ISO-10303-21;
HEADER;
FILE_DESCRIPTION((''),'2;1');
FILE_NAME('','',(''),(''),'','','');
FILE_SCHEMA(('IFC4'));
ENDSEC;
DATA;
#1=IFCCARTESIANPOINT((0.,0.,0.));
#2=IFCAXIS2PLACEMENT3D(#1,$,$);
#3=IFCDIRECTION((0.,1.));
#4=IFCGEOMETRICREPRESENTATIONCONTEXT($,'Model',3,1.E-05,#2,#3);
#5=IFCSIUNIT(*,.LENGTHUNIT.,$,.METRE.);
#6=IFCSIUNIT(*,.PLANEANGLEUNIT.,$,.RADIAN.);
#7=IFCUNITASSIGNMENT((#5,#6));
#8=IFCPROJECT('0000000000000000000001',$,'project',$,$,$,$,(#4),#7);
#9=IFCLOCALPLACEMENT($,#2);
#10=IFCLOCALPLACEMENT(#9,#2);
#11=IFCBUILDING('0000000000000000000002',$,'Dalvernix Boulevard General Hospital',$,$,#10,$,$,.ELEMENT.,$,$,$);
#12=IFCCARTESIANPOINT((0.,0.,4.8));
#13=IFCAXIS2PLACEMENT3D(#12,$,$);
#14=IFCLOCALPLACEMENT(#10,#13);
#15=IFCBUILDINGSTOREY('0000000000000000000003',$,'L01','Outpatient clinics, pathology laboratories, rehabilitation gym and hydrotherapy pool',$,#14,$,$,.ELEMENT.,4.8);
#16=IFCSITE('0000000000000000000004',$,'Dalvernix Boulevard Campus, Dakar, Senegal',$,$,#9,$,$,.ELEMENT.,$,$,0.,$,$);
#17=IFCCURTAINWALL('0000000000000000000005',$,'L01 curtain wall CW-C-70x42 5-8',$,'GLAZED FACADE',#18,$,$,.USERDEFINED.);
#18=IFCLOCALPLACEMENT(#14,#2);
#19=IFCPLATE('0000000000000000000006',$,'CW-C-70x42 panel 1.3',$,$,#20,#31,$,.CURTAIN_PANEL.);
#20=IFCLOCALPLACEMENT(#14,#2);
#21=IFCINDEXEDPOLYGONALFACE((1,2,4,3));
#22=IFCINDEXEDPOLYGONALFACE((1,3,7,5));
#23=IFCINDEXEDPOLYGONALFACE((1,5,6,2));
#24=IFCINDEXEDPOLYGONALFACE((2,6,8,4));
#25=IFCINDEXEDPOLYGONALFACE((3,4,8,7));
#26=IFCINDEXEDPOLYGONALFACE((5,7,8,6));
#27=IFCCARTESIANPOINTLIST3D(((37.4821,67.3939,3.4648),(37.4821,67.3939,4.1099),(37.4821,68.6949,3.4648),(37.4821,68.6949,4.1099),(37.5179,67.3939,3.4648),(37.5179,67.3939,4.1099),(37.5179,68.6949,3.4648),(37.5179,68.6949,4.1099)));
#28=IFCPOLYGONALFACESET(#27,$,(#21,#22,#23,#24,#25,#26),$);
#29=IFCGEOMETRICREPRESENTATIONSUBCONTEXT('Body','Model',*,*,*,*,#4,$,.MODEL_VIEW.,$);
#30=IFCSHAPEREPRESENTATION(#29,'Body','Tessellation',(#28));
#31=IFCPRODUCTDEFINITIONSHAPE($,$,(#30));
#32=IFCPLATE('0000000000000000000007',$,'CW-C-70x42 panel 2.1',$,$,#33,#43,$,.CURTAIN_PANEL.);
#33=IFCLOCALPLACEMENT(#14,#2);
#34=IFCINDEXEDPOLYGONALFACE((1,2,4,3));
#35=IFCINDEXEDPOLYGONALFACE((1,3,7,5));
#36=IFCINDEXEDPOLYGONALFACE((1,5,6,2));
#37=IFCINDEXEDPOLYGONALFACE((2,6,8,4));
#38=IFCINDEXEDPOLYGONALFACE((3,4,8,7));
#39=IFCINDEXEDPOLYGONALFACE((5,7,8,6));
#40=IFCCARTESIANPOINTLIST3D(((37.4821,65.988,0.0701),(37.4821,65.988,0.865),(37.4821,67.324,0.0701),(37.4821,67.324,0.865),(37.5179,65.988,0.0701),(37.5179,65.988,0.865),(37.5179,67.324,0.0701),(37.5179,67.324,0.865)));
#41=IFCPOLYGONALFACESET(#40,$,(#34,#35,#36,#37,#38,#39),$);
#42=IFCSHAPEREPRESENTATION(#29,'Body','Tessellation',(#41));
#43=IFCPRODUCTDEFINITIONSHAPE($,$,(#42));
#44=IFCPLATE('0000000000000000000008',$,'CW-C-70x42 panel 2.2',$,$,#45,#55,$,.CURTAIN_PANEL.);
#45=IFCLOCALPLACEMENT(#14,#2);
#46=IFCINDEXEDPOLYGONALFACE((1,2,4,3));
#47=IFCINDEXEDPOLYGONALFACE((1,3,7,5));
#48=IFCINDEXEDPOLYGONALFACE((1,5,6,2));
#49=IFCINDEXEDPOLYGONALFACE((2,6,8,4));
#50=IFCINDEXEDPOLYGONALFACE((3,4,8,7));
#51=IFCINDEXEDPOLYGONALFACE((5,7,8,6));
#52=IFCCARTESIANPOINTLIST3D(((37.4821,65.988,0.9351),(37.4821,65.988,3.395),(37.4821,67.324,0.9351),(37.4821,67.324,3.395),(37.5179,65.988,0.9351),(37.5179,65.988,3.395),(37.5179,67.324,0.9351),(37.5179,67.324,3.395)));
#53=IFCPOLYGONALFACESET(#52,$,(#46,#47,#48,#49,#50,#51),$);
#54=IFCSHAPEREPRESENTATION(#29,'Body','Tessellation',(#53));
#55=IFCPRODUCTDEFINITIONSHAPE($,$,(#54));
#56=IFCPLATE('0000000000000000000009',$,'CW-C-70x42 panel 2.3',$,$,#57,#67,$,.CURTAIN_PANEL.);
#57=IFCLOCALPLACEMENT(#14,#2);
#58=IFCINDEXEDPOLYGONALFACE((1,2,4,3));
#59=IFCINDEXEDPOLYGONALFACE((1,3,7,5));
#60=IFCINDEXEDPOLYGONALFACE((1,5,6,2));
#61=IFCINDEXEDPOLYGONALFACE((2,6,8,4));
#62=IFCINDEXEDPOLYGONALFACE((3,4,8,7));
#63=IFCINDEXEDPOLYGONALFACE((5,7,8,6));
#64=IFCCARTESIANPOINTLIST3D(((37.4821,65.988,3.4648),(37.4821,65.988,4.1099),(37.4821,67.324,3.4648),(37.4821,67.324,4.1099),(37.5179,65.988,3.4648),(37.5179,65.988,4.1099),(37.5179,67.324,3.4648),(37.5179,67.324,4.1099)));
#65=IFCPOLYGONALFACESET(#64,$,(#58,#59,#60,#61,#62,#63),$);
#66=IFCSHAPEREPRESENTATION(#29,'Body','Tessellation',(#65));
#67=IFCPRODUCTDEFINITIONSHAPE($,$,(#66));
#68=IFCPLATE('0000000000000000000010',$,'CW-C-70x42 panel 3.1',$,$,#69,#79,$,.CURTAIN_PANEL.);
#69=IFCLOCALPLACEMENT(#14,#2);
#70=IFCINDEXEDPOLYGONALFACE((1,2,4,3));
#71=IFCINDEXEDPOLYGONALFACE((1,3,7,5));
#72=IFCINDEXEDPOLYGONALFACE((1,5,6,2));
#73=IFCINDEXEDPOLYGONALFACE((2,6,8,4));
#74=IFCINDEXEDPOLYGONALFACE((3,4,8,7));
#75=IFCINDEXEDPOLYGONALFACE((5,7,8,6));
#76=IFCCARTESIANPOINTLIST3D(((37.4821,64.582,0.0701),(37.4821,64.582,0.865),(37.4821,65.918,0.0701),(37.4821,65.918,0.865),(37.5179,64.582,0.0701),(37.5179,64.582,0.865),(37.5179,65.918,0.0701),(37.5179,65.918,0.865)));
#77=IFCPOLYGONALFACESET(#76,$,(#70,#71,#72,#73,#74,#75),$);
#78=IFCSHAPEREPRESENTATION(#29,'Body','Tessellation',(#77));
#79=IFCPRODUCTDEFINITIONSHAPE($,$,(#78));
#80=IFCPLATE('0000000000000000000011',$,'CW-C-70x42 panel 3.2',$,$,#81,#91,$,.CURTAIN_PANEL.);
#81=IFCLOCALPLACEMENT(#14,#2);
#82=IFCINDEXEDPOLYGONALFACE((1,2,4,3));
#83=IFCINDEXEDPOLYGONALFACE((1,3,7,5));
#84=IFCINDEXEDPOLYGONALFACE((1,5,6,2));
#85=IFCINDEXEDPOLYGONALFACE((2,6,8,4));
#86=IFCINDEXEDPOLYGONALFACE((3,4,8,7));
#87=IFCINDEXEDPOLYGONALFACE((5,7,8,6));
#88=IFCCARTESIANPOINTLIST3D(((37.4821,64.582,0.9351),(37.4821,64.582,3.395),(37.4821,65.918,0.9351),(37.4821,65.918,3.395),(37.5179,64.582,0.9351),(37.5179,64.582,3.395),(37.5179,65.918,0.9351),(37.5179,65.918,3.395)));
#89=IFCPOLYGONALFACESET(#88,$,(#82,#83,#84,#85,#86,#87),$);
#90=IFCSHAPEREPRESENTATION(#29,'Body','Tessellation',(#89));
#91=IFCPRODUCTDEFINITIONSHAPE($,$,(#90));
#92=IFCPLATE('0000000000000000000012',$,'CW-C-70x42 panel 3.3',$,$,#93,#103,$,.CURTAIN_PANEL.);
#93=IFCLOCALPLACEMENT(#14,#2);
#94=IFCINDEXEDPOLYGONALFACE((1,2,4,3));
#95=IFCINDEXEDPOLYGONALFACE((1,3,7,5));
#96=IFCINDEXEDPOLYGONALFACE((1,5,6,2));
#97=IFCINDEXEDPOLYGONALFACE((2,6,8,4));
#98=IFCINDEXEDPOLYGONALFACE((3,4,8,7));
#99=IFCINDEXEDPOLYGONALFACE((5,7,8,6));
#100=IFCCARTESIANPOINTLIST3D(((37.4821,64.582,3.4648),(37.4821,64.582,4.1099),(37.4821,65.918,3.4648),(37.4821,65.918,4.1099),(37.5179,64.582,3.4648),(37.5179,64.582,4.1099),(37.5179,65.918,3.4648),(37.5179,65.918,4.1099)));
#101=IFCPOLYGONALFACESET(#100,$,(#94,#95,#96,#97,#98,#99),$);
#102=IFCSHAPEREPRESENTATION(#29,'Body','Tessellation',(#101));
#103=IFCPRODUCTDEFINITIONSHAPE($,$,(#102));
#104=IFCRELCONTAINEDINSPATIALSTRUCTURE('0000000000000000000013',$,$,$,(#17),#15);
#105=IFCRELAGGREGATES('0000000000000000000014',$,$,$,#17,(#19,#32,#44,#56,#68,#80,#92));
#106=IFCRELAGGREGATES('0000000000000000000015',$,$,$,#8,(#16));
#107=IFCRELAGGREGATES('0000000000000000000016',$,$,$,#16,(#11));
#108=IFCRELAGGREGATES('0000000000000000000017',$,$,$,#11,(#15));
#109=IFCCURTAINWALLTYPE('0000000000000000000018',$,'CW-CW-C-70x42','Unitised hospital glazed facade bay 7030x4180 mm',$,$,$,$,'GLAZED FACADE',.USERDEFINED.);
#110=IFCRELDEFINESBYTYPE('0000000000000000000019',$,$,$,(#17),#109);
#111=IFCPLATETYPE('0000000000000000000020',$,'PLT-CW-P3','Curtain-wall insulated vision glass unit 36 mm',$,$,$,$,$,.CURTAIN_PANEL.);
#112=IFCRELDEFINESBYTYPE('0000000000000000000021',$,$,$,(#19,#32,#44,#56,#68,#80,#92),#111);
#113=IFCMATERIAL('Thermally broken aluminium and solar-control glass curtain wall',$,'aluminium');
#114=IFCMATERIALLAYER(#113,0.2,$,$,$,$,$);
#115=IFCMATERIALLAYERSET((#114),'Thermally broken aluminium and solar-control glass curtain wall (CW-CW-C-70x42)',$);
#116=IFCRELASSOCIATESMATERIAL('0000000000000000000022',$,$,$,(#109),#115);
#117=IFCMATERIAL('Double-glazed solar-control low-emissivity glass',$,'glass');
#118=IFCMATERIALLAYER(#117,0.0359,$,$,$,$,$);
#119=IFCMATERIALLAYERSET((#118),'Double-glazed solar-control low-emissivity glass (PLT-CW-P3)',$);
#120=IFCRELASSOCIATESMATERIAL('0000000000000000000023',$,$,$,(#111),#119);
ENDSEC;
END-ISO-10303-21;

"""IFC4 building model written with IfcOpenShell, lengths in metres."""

from ifc_helpers import new_model, si_unit, direction, frame, origin, origin_2d, place, context, subcontext, project, spatial, rectangle, extrude, material, layer, layer_set, type_object, element, aggregate, save


model = new_model("IFC4")

# Units and contexts
model_context = context("Model", 3, precision=1e-05, world=origin(), true_north=direction((0.0, 1.0)))
body_context = subcontext(model_context, "Body", "Model", "MODEL_VIEW")
ifc_project = project(units=[si_unit("LENGTHUNIT", "METRE"), si_unit("PLANEANGLEUNIT", "RADIAN")], contexts=[model_context])

# Site, building, storey
site_placement = place(None, origin())
site = spatial("IfcSite", under=ifc_project, at=site_placement, Name="Dalvernix Boulevard Campus, Dakar, Senegal", CompositionType="ELEMENT", RefElevation=0.0)
building_placement = place(site_placement, origin())
building = spatial("IfcBuilding", under=site, at=building_placement, Name="Dalvernix Boulevard General Hospital", CompositionType="ELEMENT")
storey_placement = place(building_placement, frame((0.0, 0.0, 4.8)))
storey = spatial("IfcBuildingStorey", under=building, at=storey_placement, Name="L01", Description="Outpatient clinics, pathology laboratories, rehabilitation gym and hydrotherapy pool", CompositionType="ELEMENT", Elevation=4.8)

# Curtain wall, plates
ifc_material_1 = material(Name="Thermally broken aluminium and solar-control glass curtain wall", Category="aluminium")
ifc_layer_1 = layer(ifc_material_1, 0.2)
ifc_layer_set_1 = layer_set([ifc_layer_1], Name="Thermally broken aluminium and solar-control glass curtain wall (CW-CW-C-70x42)")
curtain_wall_type = type_object("IfcCurtainWallType", Name="CW-CW-C-70x42", Description="Unitised hospital glazed facade bay 7030x4180 mm", ElementType="GLAZED FACADE", PredefinedType="USERDEFINED", material=ifc_layer_set_1)
curtain_wall_placement = place(storey_placement, origin())
curtain_wall = element("IfcCurtainWall", 1, at=curtain_wall_placement, inside=storey, type_object=curtain_wall_type, Name="L01 curtain wall CW-C-70x42 5-8", ObjectType="GLAZED FACADE", PredefinedType="USERDEFINED")
ifc_material_2 = material(Name="Double-glazed solar-control low-emissivity glass", Category="glass")
ifc_layer_2 = layer(ifc_material_2, 0.0359)
ifc_layer_set_2 = layer_set([ifc_layer_2], Name="Double-glazed solar-control low-emissivity glass (PLT-CW-P3)")
plate_type = type_object("IfcPlateType", Name="PLT-CW-P3", Description="Curtain-wall insulated vision glass unit 36 mm", PredefinedType="CURTAIN_PANEL", material=ifc_layer_set_2)
plate_1_placement = place(storey_placement, frame((37.5, 68.0444, 3.4648), z_axis=(0.0, 0.0, 1.0), x_axis=(0.0, -1.0, 0.0)))
plate_1 = element("IfcPlate", 2, at=plate_1_placement, type_object=plate_type, Name="CW-C-70x42 panel 1.3", PredefinedType="CURTAIN_PANEL", context=body_context, shape_type="SweptSolid", body=[
    extrude(rectangle(XDim=1.301, YDim=0.0359, at=origin_2d()), origin(), (0.0, 0.0, 1.0), 0.645),
])
plate_2_placement = place(storey_placement, frame((37.5, 66.656, 0.0701), z_axis=(0.0, 0.0, 1.0), x_axis=(0.0, -1.0, 0.0)))
plate_2 = element("IfcPlate", 3, at=plate_2_placement, type_object=plate_type, Name="CW-C-70x42 panel 2.1", PredefinedType="CURTAIN_PANEL", context=body_context, shape_type="SweptSolid", body=[
    extrude(rectangle(XDim=1.3359, YDim=0.0359, at=origin_2d()), origin(), (0.0, 0.0, 1.0), 0.7949),
])
plate_3_placement = place(storey_placement, frame((37.5, 66.656, 0.9351), z_axis=(0.0, 0.0, 1.0), x_axis=(0.0, -1.0, 0.0)))
plate_3 = element("IfcPlate", 4, at=plate_3_placement, type_object=plate_type, Name="CW-C-70x42 panel 2.2", PredefinedType="CURTAIN_PANEL", context=body_context, shape_type="SweptSolid", body=[
    extrude(rectangle(XDim=1.3359, YDim=0.0359, at=origin_2d()), origin(), (0.0, 0.0, 1.0), 2.46),
])
plate_4_placement = place(storey_placement, frame((37.5, 66.656, 3.4648), z_axis=(0.0, 0.0, 1.0), x_axis=(0.0, -1.0, 0.0)))
plate_4 = element("IfcPlate", 5, at=plate_4_placement, type_object=plate_type, Name="CW-C-70x42 panel 2.3", PredefinedType="CURTAIN_PANEL", context=body_context, shape_type="SweptSolid", body=[
    extrude(rectangle(XDim=1.3359, YDim=0.0359, at=origin_2d()), origin(), (0.0, 0.0, 1.0), 0.645),
])
plate_5_placement = place(storey_placement, frame((37.5, 65.25, 0.0701), z_axis=(0.0, 0.0, 1.0), x_axis=(0.0, -1.0, 0.0)))
plate_5 = element("IfcPlate", 6, at=plate_5_placement, type_object=plate_type, Name="CW-C-70x42 panel 3.1", PredefinedType="CURTAIN_PANEL", context=body_context, shape_type="SweptSolid", body=[
    extrude(rectangle(XDim=1.3359, YDim=0.0359, at=origin_2d()), origin(), (0.0, 0.0, 1.0), 0.7949),
])
plate_6_placement = place(storey_placement, frame((37.5, 65.25, 0.9351), z_axis=(0.0, 0.0, 1.0), x_axis=(0.0, -1.0, 0.0)))
plate_6 = element("IfcPlate", 7, at=plate_6_placement, type_object=plate_type, Name="CW-C-70x42 panel 3.2", PredefinedType="CURTAIN_PANEL", context=body_context, shape_type="SweptSolid", body=[
    extrude(rectangle(XDim=1.3359, YDim=0.0359, at=origin_2d()), origin(), (0.0, 0.0, 1.0), 2.46),
])
plate_7_placement = place(storey_placement, frame((37.5, 65.25, 3.4648), z_axis=(0.0, 0.0, 1.0), x_axis=(0.0, -1.0, 0.0)))
plate_7 = element("IfcPlate", 8, at=plate_7_placement, type_object=plate_type, Name="CW-C-70x42 panel 3.3", PredefinedType="CURTAIN_PANEL", context=body_context, shape_type="SweptSolid", body=[
    extrude(rectangle(XDim=1.3359, YDim=0.0359, at=origin_2d()), origin(), (0.0, 0.0, 1.0), 0.645),
])
aggregate(curtain_wall, [plate_1, plate_2, plate_3, plate_4, plate_5, plate_6, plate_7])

save(model, "model.ifc")
